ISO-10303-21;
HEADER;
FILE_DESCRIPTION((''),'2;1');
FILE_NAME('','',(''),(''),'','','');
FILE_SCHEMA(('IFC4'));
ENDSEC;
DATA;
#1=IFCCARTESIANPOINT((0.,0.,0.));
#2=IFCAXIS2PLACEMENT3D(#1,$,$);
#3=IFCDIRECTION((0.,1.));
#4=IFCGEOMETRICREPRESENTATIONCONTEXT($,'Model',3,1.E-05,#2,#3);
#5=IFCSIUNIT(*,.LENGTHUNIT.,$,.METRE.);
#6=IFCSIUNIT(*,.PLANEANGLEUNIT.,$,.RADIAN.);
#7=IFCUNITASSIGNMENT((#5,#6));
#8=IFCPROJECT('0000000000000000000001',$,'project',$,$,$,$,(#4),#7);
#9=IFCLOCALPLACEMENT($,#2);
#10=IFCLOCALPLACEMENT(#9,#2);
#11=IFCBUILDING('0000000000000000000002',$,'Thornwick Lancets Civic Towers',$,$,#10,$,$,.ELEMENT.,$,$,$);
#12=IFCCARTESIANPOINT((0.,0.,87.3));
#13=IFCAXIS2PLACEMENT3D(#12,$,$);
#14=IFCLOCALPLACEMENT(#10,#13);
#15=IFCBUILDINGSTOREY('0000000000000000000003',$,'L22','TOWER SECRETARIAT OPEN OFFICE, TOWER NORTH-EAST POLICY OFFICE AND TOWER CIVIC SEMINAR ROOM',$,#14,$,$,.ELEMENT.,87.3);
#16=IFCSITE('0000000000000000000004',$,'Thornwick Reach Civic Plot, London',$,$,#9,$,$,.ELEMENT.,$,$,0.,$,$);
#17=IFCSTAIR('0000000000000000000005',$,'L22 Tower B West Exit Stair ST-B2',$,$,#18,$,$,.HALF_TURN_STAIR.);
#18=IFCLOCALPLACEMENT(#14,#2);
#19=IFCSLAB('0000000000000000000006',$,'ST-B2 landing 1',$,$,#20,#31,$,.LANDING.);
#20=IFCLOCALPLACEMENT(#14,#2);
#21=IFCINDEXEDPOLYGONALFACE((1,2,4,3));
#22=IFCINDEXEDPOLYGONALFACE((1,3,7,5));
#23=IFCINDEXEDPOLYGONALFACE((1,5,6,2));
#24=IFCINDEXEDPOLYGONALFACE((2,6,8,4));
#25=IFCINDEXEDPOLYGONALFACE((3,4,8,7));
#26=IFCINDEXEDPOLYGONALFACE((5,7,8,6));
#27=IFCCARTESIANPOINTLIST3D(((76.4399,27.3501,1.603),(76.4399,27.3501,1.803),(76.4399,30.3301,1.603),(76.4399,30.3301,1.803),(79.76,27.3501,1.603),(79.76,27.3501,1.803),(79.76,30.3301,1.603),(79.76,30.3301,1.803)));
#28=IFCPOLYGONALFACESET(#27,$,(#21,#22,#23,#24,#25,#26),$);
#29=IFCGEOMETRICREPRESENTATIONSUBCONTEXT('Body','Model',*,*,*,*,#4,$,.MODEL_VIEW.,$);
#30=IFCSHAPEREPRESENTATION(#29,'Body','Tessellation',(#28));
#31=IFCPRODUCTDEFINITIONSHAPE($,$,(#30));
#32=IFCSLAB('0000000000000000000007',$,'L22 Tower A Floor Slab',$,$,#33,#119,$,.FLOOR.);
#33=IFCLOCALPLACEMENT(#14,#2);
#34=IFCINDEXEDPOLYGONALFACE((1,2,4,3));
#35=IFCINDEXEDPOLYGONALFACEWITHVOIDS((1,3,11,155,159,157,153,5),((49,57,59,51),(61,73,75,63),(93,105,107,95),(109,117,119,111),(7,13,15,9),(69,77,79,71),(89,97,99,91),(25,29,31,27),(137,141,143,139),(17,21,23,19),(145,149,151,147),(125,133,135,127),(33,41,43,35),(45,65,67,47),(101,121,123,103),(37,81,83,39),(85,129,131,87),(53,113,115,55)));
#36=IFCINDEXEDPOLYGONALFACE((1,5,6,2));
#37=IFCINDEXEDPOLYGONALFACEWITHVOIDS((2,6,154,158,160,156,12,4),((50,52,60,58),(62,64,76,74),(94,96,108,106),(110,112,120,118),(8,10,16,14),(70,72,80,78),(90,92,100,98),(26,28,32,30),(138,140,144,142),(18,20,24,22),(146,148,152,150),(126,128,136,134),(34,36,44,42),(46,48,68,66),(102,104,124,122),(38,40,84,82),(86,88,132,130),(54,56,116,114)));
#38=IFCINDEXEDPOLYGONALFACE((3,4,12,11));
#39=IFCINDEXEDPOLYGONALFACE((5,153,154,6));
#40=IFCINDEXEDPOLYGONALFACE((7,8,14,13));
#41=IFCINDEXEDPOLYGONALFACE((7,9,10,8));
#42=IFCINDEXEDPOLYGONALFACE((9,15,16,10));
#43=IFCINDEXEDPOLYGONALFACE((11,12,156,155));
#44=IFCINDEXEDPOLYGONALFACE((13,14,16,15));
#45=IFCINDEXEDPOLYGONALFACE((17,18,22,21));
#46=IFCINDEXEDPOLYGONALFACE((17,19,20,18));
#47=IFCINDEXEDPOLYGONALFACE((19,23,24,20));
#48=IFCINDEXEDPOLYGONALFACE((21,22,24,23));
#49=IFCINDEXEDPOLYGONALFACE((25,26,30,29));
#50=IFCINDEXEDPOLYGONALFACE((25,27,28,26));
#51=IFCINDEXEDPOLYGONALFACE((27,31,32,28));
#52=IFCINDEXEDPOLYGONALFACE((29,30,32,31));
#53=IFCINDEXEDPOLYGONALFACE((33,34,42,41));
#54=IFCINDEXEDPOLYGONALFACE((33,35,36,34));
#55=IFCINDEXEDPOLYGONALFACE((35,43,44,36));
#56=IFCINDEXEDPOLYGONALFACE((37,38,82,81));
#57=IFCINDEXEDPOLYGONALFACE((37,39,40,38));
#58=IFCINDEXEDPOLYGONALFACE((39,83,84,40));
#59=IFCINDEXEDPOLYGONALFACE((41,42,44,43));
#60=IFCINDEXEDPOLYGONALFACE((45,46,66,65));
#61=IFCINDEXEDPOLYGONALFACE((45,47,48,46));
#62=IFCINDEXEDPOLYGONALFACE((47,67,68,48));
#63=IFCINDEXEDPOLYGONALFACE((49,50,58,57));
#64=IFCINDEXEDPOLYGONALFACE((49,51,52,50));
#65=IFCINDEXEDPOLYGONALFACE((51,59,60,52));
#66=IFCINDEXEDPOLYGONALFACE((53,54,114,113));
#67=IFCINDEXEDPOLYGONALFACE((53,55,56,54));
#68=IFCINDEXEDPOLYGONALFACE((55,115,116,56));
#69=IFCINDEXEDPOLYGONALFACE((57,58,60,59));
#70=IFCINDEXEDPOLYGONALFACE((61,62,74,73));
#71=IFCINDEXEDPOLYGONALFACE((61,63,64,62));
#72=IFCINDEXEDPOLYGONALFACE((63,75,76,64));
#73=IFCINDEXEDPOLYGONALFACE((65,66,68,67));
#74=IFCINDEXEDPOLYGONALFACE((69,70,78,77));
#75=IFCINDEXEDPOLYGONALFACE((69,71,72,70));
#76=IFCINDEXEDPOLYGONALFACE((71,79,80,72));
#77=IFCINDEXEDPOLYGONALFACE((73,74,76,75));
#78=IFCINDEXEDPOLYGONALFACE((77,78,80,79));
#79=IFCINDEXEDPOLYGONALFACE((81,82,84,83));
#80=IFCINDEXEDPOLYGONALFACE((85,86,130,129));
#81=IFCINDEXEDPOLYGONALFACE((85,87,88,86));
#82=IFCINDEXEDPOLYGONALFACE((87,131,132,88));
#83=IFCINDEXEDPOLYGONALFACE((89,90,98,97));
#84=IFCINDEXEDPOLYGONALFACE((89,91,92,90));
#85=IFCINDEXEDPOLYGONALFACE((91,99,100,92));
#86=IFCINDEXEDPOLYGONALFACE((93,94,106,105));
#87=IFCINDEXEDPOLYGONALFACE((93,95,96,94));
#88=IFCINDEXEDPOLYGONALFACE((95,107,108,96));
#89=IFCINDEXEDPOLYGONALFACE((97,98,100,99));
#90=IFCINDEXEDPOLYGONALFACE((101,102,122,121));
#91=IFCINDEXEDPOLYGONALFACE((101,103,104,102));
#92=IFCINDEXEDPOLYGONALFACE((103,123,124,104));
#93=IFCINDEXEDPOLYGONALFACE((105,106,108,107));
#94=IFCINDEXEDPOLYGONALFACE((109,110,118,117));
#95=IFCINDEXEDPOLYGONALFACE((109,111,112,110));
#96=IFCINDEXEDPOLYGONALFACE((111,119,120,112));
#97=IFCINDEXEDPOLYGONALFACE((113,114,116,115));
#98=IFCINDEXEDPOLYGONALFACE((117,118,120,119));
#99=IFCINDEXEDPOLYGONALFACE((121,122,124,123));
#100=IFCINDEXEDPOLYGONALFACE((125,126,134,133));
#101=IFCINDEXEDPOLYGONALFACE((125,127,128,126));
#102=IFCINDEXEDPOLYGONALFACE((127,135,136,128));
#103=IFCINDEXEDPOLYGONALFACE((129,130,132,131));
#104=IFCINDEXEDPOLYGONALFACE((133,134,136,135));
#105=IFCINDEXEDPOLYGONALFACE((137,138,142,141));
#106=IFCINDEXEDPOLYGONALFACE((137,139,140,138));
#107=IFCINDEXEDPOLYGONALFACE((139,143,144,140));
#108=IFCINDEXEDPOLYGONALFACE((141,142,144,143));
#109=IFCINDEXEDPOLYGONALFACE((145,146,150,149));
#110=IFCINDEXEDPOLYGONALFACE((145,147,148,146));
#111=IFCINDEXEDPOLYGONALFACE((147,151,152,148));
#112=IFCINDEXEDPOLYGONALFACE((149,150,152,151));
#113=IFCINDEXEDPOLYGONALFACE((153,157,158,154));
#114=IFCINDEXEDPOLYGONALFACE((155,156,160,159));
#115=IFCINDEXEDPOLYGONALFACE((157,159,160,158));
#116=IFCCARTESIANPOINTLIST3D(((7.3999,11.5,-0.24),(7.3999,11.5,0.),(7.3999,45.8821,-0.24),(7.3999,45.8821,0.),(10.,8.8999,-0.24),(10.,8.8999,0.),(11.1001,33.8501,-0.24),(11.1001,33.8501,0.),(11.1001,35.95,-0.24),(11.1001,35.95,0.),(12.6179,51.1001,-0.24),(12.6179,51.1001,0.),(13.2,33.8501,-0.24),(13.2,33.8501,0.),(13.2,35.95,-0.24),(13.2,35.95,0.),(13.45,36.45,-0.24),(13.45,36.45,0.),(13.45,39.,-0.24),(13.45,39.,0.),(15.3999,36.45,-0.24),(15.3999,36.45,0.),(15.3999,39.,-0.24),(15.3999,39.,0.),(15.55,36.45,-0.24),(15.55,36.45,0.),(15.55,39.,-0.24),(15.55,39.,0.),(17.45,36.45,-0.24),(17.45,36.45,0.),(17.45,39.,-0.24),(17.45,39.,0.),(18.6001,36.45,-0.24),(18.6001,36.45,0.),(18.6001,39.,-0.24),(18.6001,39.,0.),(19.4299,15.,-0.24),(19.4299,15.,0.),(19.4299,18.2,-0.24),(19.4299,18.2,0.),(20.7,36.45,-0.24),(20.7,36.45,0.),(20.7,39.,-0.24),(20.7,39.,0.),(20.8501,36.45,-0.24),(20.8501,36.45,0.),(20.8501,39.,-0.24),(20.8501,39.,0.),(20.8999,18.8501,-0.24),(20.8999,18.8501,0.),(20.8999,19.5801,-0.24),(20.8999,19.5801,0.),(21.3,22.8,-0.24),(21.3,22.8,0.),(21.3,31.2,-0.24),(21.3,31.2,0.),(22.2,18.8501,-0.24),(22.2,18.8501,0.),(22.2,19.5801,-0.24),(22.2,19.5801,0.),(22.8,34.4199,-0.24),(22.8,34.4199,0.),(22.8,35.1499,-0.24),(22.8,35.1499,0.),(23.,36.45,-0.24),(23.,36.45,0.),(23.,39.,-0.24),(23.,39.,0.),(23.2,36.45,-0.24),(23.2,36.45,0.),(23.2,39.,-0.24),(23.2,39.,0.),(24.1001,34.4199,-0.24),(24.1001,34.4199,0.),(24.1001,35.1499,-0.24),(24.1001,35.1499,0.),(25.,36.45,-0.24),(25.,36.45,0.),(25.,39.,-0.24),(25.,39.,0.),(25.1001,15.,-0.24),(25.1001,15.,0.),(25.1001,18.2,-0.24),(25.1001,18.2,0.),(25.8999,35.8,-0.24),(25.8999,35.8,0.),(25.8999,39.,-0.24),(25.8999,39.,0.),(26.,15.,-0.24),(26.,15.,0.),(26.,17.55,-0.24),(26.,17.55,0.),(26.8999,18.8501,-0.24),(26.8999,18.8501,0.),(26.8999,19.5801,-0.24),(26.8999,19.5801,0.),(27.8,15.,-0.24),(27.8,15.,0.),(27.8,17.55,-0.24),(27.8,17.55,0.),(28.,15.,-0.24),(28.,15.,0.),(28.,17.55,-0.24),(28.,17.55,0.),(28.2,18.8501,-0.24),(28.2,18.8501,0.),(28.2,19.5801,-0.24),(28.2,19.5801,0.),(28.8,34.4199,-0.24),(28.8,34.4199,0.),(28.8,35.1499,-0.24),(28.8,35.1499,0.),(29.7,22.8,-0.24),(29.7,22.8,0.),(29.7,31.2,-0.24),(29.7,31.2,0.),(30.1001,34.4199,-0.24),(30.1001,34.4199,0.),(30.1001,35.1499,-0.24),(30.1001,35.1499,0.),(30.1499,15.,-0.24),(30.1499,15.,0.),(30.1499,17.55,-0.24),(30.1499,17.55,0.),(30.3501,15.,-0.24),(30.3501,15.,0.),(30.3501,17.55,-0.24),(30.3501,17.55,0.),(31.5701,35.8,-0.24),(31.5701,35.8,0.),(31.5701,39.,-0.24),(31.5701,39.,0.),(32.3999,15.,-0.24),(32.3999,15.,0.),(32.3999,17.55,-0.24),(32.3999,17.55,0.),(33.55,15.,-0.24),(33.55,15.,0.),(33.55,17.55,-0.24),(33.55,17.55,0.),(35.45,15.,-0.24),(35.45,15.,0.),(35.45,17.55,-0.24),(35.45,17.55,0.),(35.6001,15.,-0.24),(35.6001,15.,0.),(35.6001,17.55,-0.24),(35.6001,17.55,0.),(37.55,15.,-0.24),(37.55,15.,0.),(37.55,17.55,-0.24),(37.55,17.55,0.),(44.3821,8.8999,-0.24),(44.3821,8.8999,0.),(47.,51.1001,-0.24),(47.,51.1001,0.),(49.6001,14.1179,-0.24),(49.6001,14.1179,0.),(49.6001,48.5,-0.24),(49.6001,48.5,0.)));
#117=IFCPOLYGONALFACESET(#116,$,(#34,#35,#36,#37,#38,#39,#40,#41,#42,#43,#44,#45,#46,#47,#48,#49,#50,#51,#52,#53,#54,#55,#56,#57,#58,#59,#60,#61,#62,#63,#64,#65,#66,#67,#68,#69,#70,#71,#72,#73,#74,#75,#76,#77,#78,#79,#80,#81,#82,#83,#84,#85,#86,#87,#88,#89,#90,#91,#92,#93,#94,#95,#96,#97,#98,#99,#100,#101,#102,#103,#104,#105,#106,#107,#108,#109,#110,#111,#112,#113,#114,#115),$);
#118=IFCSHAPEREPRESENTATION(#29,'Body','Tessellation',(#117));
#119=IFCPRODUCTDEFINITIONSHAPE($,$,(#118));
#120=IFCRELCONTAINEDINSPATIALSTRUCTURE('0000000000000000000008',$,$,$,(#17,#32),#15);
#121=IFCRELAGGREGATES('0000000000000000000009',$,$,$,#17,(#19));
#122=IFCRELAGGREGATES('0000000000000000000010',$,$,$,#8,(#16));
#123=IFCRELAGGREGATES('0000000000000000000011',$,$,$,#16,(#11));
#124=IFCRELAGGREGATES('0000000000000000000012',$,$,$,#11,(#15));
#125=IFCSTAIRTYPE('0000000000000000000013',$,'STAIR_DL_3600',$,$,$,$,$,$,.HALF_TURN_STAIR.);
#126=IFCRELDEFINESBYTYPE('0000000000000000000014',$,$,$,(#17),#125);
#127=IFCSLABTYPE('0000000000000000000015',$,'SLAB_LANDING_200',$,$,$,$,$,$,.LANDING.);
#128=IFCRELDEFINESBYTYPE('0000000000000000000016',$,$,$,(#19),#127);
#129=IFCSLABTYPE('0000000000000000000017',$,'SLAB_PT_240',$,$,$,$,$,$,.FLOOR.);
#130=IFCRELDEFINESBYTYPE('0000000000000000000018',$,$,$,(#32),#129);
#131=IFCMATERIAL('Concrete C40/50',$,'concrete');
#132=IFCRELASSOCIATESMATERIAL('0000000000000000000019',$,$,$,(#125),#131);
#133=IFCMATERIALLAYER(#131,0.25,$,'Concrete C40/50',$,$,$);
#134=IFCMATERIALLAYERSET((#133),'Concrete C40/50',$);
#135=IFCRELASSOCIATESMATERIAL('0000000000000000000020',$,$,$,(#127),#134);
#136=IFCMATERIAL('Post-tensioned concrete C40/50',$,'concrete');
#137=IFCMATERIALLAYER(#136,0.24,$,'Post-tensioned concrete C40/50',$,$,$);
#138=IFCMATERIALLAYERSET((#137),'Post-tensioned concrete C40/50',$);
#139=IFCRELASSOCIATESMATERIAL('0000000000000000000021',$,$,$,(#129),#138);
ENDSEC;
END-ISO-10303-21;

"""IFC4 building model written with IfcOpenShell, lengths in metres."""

from ifc_helpers import new_model, si_unit, direction, frame, origin, place, context, subcontext, project, spatial, polyline, outline, extrude, material, layer, layer_set, type_object, element, aggregate, save


model = new_model("IFC4")

# Units and contexts
model_context = context("Model", 3, precision=1e-05, world=origin(), true_north=direction((0.0, 1.0)))
body_context = subcontext(model_context, "Body", "Model", "MODEL_VIEW")
ifc_project = project(units=[si_unit("LENGTHUNIT", "METRE"), si_unit("PLANEANGLEUNIT", "RADIAN")], contexts=[model_context])

# Site, building, storey
site_placement = place(None, origin())
site = spatial("IfcSite", under=ifc_project, at=site_placement, Name="Thornwick Reach Civic Plot, London", CompositionType="ELEMENT", RefElevation=0.0)
building_placement = place(site_placement, origin())
building = spatial("IfcBuilding", under=site, at=building_placement, Name="Thornwick Lancets Civic Towers", CompositionType="ELEMENT")
storey_placement = place(building_placement, frame((0.0, 0.0, 87.3)))
storey = spatial("IfcBuildingStorey", under=building, at=storey_placement, Name="L22", Description="TOWER SECRETARIAT OPEN OFFICE, TOWER NORTH-EAST POLICY OFFICE AND TOWER CIVIC SEMINAR ROOM", CompositionType="ELEMENT", Elevation=87.3)

# Shared definitions
ifc_material_1 = material(Name="Post-tensioned concrete C40/50", Category="concrete")

# Stair, slab
ifc_material_2 = material(Name="Concrete C40/50", Category="concrete")
stair_type = type_object("IfcStairType", Name="STAIR_DL_3600", PredefinedType="HALF_TURN_STAIR", material=ifc_material_2)
ifc_layer_1 = layer(ifc_material_2, 0.25, Name="Concrete C40/50")
ifc_layer_set_1 = layer_set([ifc_layer_1], Name="Concrete C40/50")
slab_type_1 = type_object("IfcSlabType", Name="SLAB_LANDING_200", PredefinedType="LANDING", material=ifc_layer_set_1)
stair_1_placement = place(storey_placement, origin())
stair_1 = element("IfcStair", 1, at=stair_1_placement, inside=storey, type_object=stair_type, Name="L22 Tower B West Exit Stair ST-B2", PredefinedType="HALF_TURN_STAIR")
slab_1_placement = place(storey_placement, frame((0.0, 0.0, 1.603)))
slab_1 = element("IfcSlab", 2, at=slab_1_placement, type_object=slab_type_1, Name="ST-B2 landing 1", PredefinedType="LANDING", context=body_context, shape_type="SweptSolid", body=[
    extrude(outline(polyline([(76.4399, 30.3301), (76.4399, 27.3501), (79.76, 27.3501), (79.76, 30.3301), (76.4399, 30.3301)])), origin(), (0.0, 0.0, 1.0), 0.2),
])
aggregate(stair_1, [slab_1])

# Slab
ifc_layer_2 = layer(ifc_material_1, 0.24, Name="Post-tensioned concrete C40/50")
ifc_layer_set_2 = layer_set([ifc_layer_2], Name="Post-tensioned concrete C40/50")
slab_type_2 = type_object("IfcSlabType", Name="SLAB_PT_240", PredefinedType="FLOOR", material=ifc_layer_set_2)
slab_2_placement = place(storey_placement, frame((0.0, 0.0, -0.24)))
element("IfcSlab", 3, at=slab_2_placement, inside=storey, type_object=slab_type_2, Name="L22 Tower A Floor Slab", PredefinedType="FLOOR", context=body_context, shape_type="SweptSolid", body=[
    extrude(outline(polyline([(10.0, 8.8999), (44.3821, 8.8999), (49.6001, 14.1179), (49.6001, 48.5), (47.0, 51.1001), (12.6179, 51.1001), (7.3999, 45.8821), (7.3999, 11.5), (10.0, 8.8999)]), holes=[polyline([(21.3, 22.8), (29.7, 22.8), (29.7, 31.2), (21.3, 31.2), (21.3, 22.8)]), polyline([(19.4299, 15.0), (25.1001, 15.0), (25.1001, 18.2), (19.4299, 18.2), (19.4299, 15.0)]), polyline([(31.5701, 39.0), (25.8999, 39.0), (25.8999, 35.8), (31.5701, 35.8), (31.5701, 39.0)]), polyline([(26.0, 15.0), (27.8, 15.0), (27.8, 17.55), (26.0, 17.55), (26.0, 15.0)]), polyline([(28.0, 15.0), (30.1499, 15.0), (30.1499, 17.55), (28.0, 17.55), (28.0, 15.0)]), polyline([(30.3501, 15.0), (32.3999, 15.0), (32.3999, 17.55), (30.3501, 17.55), (30.3501, 15.0)]), polyline([(33.55, 15.0), (35.45, 15.0), (35.45, 17.55), (33.55, 17.55), (33.55, 15.0)]), polyline([(35.6001, 15.0), (37.55, 15.0), (37.55, 17.55), (35.6001, 17.55), (35.6001, 15.0)]), polyline([(23.2, 36.45), (25.0, 36.45), (25.0, 39.0), (23.2, 39.0), (23.2, 36.45)]), polyline([(20.8501, 36.45), (23.0, 36.45), (23.0, 39.0), (20.8501, 39.0), (20.8501, 36.45)]), polyline([(18.6001, 36.45), (20.7, 36.45), (20.7, 39.0), (18.6001, 39.0), (18.6001, 36.45)]), polyline([(15.55, 36.45), (17.45, 36.45), (17.45, 39.0), (15.55, 39.0), (15.55, 36.45)]), polyline([(13.45, 36.45), (15.3999, 36.45), (15.3999, 39.0), (13.45, 39.0), (13.45, 36.45)]), polyline([(11.1001, 33.8501), (13.2, 33.8501), (13.2, 35.95), (11.1001, 35.95), (11.1001, 33.8501)]), polyline([(26.8999, 18.8501), (28.2, 18.8501), (28.2, 19.5801), (26.8999, 19.5801), (26.8999, 18.8501)]), polyline([(20.8999, 18.8501), (22.2, 18.8501), (22.2, 19.5801), (20.8999, 19.5801), (20.8999, 18.8501)]), polyline([(22.8, 34.4199), (24.1001, 34.4199), (24.1001, 35.1499), (22.8, 35.1499), (22.8, 34.4199)]), polyline([(28.8, 34.4199), (30.1001, 34.4199), (30.1001, 35.1499), (28.8, 35.1499), (28.8, 34.4199)])]), origin(), (0.0, 0.0, 1.0), 0.24),
])

save(model, "model.ifc")
